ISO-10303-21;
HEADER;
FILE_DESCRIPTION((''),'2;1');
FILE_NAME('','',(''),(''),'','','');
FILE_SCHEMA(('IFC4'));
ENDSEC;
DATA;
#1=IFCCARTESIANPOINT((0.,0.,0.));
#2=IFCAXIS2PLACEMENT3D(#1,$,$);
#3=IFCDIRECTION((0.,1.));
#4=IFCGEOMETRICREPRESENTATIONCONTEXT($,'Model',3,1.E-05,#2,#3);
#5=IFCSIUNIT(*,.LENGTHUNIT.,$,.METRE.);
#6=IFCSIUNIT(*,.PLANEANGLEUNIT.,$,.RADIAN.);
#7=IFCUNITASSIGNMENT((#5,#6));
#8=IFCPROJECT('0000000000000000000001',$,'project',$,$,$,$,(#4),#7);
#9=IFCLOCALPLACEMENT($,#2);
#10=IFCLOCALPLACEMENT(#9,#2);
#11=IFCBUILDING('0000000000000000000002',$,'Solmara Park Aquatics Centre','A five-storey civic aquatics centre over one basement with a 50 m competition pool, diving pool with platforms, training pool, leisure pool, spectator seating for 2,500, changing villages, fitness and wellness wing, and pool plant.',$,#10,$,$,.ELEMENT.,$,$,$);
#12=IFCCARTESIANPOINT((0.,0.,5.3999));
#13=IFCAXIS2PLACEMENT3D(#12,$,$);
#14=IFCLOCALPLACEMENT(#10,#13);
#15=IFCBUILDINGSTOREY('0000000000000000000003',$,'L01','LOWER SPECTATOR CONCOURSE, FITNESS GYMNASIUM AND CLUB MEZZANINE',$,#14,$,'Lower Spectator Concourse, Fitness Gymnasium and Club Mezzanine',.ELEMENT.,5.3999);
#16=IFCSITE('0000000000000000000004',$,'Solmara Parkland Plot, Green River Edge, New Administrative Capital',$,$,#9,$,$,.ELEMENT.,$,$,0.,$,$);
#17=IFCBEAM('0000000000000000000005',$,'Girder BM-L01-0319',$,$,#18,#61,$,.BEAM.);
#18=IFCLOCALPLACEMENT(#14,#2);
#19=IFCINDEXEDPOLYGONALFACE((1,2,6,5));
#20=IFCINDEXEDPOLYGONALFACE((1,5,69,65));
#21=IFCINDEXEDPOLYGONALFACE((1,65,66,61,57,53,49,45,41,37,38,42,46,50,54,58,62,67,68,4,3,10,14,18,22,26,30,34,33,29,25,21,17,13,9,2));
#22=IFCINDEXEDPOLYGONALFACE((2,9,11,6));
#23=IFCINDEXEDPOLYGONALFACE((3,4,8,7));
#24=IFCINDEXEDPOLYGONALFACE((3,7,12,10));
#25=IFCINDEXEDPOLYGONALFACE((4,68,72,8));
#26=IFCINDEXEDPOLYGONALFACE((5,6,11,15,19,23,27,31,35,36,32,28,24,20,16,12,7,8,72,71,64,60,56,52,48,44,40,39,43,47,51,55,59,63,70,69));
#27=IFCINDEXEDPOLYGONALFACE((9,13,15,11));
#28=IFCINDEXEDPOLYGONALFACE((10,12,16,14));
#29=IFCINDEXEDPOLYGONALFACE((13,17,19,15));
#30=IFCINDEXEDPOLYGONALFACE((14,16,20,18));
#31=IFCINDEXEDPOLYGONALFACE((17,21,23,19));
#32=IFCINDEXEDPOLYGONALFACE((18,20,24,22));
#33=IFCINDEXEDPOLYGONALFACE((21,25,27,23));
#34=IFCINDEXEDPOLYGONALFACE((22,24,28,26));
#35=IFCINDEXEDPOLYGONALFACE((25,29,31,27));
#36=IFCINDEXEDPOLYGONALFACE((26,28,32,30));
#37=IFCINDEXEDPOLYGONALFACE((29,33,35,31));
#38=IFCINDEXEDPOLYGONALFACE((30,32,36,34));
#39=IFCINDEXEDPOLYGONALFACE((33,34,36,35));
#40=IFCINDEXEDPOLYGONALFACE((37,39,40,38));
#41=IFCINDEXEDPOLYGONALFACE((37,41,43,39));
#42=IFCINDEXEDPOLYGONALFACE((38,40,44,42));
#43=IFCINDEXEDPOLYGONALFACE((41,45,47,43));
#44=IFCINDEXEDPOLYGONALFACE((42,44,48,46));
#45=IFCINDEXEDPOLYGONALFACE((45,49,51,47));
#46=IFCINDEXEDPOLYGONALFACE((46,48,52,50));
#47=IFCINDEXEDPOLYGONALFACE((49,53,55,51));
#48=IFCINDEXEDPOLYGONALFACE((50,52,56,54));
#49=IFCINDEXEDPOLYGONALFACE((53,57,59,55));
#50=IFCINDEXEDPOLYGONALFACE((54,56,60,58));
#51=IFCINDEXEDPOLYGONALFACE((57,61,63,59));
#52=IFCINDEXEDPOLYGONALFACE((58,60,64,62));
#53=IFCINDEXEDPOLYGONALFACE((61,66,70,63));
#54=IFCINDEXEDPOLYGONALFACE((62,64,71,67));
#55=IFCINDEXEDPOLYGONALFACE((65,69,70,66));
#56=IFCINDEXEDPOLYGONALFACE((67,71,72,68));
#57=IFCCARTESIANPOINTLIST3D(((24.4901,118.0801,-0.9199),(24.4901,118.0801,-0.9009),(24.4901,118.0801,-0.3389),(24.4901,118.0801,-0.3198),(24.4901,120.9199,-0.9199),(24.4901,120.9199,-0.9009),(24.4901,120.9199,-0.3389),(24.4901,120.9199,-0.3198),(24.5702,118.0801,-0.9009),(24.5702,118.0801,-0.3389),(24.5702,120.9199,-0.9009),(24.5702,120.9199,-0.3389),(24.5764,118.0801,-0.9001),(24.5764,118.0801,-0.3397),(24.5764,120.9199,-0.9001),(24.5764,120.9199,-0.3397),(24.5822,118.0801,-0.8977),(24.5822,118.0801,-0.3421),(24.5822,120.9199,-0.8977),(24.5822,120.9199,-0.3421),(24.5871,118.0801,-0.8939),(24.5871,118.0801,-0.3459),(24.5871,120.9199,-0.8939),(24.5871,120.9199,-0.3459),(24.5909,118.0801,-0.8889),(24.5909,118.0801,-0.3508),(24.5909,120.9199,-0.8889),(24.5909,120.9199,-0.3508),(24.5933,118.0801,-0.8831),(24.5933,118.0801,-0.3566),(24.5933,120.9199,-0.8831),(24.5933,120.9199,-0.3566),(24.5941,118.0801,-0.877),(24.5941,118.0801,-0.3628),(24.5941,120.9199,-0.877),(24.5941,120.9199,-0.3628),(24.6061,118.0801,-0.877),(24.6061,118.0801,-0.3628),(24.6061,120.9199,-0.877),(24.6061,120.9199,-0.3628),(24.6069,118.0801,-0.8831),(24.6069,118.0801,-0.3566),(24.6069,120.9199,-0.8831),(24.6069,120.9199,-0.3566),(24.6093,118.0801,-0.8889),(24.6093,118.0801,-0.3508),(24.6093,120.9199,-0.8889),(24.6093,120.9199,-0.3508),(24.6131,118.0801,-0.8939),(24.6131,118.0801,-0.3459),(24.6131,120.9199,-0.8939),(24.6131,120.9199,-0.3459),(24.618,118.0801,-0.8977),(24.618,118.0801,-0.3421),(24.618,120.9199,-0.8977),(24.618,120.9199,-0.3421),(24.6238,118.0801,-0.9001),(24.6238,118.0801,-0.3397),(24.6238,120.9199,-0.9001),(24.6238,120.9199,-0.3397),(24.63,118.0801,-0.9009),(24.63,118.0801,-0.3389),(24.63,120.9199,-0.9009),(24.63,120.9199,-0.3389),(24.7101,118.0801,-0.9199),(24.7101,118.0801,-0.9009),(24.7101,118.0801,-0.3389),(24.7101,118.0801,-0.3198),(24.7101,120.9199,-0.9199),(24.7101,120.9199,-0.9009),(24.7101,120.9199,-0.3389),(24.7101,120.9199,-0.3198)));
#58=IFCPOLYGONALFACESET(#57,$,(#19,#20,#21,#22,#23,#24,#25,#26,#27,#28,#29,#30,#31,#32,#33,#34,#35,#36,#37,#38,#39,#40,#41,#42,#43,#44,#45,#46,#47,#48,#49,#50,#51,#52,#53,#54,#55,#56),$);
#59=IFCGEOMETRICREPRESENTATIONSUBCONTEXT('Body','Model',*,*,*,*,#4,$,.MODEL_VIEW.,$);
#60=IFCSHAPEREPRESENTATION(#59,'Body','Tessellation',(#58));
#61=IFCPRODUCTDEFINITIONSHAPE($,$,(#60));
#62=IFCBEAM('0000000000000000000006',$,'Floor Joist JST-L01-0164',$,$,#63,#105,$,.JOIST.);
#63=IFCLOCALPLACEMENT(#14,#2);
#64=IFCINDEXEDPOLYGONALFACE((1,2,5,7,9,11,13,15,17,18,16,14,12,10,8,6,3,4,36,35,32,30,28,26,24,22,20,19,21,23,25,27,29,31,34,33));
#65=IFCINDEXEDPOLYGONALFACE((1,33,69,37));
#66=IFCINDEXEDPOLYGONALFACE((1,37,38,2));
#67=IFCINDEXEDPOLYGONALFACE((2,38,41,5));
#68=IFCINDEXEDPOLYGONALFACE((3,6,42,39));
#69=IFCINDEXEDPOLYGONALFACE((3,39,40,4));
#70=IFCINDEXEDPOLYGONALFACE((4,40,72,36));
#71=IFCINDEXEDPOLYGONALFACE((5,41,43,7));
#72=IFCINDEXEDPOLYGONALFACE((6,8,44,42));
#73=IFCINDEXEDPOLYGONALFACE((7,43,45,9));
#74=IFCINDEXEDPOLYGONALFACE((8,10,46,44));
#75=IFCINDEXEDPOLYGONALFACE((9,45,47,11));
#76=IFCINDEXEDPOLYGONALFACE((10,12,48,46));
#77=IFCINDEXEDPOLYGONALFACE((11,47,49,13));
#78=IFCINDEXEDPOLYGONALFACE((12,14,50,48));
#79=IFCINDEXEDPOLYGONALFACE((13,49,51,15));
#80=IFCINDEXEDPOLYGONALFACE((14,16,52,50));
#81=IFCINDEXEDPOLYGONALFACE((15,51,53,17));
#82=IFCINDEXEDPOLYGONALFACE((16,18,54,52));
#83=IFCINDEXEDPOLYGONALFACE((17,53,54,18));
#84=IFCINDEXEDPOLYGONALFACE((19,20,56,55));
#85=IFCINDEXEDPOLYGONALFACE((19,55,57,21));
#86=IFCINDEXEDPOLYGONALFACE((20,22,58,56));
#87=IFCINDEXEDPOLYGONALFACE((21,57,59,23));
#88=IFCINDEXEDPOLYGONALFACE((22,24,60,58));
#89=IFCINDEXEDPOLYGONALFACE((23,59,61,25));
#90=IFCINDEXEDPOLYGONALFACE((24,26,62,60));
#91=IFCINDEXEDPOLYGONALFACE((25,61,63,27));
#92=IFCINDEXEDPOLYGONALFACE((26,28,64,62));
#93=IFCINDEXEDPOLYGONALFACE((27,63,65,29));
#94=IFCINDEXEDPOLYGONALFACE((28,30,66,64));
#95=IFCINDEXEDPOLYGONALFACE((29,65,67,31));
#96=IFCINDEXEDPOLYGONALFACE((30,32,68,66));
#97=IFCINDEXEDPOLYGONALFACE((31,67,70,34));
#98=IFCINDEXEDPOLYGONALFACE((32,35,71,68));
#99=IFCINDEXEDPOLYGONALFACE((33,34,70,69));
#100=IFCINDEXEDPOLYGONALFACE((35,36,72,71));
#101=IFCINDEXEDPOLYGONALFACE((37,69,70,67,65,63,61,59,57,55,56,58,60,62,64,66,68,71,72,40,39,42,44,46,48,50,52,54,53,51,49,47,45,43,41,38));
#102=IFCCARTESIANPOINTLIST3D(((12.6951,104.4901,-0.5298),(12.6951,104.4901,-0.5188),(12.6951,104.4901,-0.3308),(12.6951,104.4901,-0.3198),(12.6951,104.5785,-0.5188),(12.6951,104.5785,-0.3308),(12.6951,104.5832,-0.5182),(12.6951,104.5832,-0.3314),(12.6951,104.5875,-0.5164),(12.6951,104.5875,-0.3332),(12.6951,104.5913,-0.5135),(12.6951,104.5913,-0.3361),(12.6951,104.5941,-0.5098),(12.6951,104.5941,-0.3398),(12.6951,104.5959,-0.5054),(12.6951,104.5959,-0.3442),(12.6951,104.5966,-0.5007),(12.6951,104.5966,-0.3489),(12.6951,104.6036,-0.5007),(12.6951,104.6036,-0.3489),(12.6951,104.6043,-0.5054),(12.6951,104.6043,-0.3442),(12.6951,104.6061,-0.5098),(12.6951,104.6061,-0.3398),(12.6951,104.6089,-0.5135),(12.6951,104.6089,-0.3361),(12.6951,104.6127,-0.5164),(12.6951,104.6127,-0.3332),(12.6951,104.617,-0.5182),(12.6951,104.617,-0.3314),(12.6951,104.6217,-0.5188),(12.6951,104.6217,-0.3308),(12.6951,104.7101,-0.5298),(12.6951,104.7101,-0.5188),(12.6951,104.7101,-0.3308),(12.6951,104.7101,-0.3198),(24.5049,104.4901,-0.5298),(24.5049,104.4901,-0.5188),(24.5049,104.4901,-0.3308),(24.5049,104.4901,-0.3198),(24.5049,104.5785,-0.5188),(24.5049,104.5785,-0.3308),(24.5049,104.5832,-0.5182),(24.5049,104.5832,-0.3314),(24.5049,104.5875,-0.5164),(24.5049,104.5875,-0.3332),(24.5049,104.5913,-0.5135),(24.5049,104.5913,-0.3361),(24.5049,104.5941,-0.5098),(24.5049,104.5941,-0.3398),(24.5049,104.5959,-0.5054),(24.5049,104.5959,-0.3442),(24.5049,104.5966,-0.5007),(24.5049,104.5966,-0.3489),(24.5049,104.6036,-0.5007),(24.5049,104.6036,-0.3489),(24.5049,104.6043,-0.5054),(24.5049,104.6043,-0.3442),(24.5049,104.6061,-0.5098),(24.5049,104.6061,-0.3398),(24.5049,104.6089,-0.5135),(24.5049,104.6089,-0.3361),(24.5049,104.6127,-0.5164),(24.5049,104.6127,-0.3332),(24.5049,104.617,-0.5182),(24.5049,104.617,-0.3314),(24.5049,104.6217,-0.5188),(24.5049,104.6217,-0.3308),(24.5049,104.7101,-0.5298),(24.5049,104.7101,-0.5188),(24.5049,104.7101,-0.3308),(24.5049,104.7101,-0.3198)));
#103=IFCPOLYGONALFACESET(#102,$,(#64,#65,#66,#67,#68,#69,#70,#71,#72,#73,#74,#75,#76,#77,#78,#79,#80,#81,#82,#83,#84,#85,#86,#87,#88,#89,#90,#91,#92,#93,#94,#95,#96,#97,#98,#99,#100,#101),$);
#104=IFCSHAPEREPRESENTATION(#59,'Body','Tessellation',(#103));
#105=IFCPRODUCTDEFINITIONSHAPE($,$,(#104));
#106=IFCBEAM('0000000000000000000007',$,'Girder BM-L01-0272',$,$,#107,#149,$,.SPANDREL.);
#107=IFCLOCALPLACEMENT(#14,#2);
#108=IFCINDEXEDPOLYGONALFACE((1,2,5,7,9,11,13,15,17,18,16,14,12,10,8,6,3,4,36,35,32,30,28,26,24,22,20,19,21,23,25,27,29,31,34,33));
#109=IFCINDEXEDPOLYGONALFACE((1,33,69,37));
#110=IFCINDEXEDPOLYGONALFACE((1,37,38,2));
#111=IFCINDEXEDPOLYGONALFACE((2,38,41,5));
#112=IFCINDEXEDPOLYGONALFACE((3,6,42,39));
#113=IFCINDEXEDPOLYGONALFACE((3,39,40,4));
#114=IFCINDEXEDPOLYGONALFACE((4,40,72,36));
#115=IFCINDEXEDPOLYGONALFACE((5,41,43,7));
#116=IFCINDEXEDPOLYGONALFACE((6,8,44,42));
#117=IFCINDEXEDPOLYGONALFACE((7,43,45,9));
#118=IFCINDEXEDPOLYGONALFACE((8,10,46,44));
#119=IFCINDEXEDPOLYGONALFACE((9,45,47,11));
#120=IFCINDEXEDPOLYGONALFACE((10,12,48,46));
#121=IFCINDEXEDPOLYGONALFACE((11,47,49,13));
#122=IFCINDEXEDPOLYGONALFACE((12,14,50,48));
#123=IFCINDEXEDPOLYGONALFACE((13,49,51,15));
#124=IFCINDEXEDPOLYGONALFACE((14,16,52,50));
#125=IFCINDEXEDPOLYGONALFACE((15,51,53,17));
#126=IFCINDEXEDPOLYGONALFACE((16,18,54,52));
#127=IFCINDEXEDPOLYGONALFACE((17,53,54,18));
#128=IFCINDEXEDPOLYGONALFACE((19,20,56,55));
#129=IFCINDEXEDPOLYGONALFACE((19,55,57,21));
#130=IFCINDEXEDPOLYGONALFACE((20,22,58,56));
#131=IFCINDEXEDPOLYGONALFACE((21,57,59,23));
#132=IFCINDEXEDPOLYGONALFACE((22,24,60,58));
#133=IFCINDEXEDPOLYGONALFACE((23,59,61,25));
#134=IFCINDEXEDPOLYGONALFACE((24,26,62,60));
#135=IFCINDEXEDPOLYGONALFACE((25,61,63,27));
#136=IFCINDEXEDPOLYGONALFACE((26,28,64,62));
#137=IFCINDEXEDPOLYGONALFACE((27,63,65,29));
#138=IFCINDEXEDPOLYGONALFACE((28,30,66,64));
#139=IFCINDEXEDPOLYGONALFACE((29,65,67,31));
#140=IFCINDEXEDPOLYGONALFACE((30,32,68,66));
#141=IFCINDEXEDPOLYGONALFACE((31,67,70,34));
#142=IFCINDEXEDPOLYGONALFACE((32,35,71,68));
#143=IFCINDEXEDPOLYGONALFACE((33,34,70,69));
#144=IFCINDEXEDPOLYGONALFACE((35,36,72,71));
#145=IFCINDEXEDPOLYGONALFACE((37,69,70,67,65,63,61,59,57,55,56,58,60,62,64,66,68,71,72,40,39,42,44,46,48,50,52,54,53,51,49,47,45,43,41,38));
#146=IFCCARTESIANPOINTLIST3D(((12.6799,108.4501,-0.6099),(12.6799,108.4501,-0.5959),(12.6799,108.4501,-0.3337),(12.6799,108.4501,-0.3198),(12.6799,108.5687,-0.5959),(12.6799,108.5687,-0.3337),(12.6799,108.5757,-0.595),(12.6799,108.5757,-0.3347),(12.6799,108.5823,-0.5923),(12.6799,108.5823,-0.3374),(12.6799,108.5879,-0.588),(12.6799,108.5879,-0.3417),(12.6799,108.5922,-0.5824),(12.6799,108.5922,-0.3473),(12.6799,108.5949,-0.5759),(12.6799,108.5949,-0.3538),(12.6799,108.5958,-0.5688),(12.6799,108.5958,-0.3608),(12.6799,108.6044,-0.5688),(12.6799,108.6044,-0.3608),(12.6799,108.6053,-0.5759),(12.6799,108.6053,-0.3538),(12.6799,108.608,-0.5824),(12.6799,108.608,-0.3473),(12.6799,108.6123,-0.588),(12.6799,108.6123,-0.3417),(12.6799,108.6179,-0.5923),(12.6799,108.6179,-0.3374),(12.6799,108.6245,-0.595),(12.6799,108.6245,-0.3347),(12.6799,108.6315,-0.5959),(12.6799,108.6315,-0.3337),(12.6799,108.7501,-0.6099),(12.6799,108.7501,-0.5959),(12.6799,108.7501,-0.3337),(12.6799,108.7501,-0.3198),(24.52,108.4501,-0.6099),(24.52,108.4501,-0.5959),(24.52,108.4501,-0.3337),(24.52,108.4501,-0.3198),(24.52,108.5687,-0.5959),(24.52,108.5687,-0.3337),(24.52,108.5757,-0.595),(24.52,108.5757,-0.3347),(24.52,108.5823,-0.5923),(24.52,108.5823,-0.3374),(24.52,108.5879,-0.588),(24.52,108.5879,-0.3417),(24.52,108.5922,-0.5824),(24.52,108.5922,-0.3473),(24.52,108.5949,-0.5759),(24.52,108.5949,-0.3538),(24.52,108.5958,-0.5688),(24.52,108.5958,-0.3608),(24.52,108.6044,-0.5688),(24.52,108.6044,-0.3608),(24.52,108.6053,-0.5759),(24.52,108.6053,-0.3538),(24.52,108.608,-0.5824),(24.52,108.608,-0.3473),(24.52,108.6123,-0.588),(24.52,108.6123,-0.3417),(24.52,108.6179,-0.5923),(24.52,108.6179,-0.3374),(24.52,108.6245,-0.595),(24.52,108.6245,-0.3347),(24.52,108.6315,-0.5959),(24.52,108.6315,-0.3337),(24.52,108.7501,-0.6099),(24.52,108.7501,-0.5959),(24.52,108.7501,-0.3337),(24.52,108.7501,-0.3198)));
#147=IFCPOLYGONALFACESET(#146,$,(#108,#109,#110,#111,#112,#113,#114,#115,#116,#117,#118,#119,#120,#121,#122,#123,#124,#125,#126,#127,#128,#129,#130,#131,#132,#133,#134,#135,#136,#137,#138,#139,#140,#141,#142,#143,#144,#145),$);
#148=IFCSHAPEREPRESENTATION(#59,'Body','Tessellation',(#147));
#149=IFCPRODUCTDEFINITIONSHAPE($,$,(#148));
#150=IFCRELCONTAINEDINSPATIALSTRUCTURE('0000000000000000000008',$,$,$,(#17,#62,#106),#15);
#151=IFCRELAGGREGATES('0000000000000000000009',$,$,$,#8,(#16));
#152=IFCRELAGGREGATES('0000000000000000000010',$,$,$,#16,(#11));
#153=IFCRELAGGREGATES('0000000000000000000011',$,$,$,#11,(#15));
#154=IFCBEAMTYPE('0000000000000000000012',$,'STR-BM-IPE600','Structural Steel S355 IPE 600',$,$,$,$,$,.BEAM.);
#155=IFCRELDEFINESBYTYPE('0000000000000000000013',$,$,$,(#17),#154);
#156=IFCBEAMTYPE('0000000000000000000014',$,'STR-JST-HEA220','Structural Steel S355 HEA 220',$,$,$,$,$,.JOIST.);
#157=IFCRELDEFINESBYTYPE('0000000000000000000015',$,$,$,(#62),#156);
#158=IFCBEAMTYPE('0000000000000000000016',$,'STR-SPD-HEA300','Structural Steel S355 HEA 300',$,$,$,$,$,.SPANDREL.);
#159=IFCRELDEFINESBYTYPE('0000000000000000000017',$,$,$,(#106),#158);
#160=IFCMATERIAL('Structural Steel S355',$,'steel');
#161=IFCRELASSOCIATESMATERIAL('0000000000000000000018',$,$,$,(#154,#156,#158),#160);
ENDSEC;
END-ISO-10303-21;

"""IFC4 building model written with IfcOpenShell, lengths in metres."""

from ifc_helpers import new_model, si_unit, direction, frame, origin, origin_2d, place, context, subcontext, project, spatial, i_section, extrude, material, material_profile, profile_set, type_object, element, save


model = new_model("IFC4")

# Units and contexts
model_context = context("Model", 3, precision=1e-05, world=origin(), true_north=direction((0.0, 1.0)))
body_context = subcontext(model_context, "Body", "Model", "MODEL_VIEW")
ifc_project = project(units=[si_unit("LENGTHUNIT", "METRE"), si_unit("PLANEANGLEUNIT", "RADIAN")], contexts=[model_context])

# Site, building, storey
site_placement = place(None, origin())
site = spatial("IfcSite", under=ifc_project, at=site_placement, Name="Solmara Parkland Plot, Green River Edge, New Administrative Capital", CompositionType="ELEMENT", RefElevation=0.0)
building_placement = place(site_placement, origin())
building = spatial("IfcBuilding", under=site, at=building_placement, Name="Solmara Park Aquatics Centre", Description="A five-storey civic aquatics centre over one basement with a 50 m competition pool, diving pool with platforms, training pool, leisure pool, spectator seating for 2,500, changing villages, fitness and wellness wing, and pool plant.", CompositionType="ELEMENT")
storey_placement = place(building_placement, frame((0.0, 0.0, 5.3999)))
storey = spatial("IfcBuildingStorey", under=building, at=storey_placement, Name="L01", Description="LOWER SPECTATOR CONCOURSE, FITNESS GYMNASIUM AND CLUB MEZZANINE", LongName="Lower Spectator Concourse, Fitness Gymnasium and Club Mezzanine", CompositionType="ELEMENT", Elevation=5.3999)

# Shared definitions
ifc_material_1 = material(Name="Structural Steel S355", Category="steel")

# Beams
ifc_material_profile_1 = material_profile(ifc_material_1, i_section(OverallWidth=0.22, OverallDepth=0.6001, WebThickness=0.012, FlangeThickness=0.019, FilletRadius=0.0239, at=origin_2d()), Name="IPE 600")
ifc_profile_set_1 = profile_set([ifc_material_profile_1], Name="Structural Steel S355")
beam_type_1 = type_object("IfcBeamType", Name="STR-BM-IPE600", Description="Structural Steel S355 IPE 600", PredefinedType="BEAM", material=ifc_profile_set_1)
beam_1_placement = place(storey_placement, frame((24.6001, 118.0801, -0.6199), z_axis=(0.0, 1.0, 0.0), x_axis=(-1.0, 0.0, 0.0)))
element("IfcBeam", 1, at=beam_1_placement, inside=storey, type_object=beam_type_1, Name="Girder BM-L01-0319", PredefinedType="BEAM", context=body_context, shape_type="SweptSolid", body=[
    extrude(i_section(OverallWidth=0.22, OverallDepth=0.6001, WebThickness=0.012, FlangeThickness=0.019, FilletRadius=0.0239, at=origin_2d()), origin(), (0.0, 0.0, 1.0), 2.8398),
])
ifc_material_profile_2 = material_profile(ifc_material_1, i_section(OverallWidth=0.22, OverallDepth=0.21, WebThickness=0.0071, FlangeThickness=0.011, FilletRadius=0.0181, at=origin_2d()), Name="HEA 220")
ifc_profile_set_2 = profile_set([ifc_material_profile_2], Name="Structural Steel S355")
beam_type_2 = type_object("IfcBeamType", Name="STR-JST-HEA220", Description="Structural Steel S355 HEA 220", PredefinedType="JOIST", material=ifc_profile_set_2)
beam_2_placement = place(storey_placement, frame((12.6951, 104.6001, -0.4248), z_axis=(1.0, 0.0, 0.0), x_axis=(0.0, 1.0, 0.0)))
element("IfcBeam", 2, at=beam_2_placement, inside=storey, type_object=beam_type_2, Name="Floor Joist JST-L01-0164", PredefinedType="JOIST", context=body_context, shape_type="SweptSolid", body=[
    extrude(i_section(OverallWidth=0.22, OverallDepth=0.21, WebThickness=0.0071, FlangeThickness=0.011, FilletRadius=0.0181, at=origin_2d()), origin(), (0.0, 0.0, 1.0), 11.8098),
])
ifc_material_profile_3 = material_profile(ifc_material_1, i_section(OverallWidth=0.3, OverallDepth=0.29, WebThickness=0.0085, FlangeThickness=0.0139, FilletRadius=0.0271, at=origin_2d()), Name="HEA 300")
ifc_profile_set_3 = profile_set([ifc_material_profile_3], Name="Structural Steel S355")
beam_type_3 = type_object("IfcBeamType", Name="STR-SPD-HEA300", Description="Structural Steel S355 HEA 300", PredefinedType="SPANDREL", material=ifc_profile_set_3)
beam_3_placement = place(storey_placement, frame((12.6799, 108.6001, -0.4648), z_axis=(1.0, 0.0, 0.0), x_axis=(0.0, 1.0, 0.0)))
element("IfcBeam", 3, at=beam_3_placement, inside=storey, type_object=beam_type_3, Name="Girder BM-L01-0272", PredefinedType="SPANDREL", context=body_context, shape_type="SweptSolid", body=[
    extrude(i_section(OverallWidth=0.3, OverallDepth=0.29, WebThickness=0.0085, FlangeThickness=0.0139, FilletRadius=0.0271, at=origin_2d()), origin(), (0.0, 0.0, 1.0), 11.8401),
])

save(model, "model.ifc")
